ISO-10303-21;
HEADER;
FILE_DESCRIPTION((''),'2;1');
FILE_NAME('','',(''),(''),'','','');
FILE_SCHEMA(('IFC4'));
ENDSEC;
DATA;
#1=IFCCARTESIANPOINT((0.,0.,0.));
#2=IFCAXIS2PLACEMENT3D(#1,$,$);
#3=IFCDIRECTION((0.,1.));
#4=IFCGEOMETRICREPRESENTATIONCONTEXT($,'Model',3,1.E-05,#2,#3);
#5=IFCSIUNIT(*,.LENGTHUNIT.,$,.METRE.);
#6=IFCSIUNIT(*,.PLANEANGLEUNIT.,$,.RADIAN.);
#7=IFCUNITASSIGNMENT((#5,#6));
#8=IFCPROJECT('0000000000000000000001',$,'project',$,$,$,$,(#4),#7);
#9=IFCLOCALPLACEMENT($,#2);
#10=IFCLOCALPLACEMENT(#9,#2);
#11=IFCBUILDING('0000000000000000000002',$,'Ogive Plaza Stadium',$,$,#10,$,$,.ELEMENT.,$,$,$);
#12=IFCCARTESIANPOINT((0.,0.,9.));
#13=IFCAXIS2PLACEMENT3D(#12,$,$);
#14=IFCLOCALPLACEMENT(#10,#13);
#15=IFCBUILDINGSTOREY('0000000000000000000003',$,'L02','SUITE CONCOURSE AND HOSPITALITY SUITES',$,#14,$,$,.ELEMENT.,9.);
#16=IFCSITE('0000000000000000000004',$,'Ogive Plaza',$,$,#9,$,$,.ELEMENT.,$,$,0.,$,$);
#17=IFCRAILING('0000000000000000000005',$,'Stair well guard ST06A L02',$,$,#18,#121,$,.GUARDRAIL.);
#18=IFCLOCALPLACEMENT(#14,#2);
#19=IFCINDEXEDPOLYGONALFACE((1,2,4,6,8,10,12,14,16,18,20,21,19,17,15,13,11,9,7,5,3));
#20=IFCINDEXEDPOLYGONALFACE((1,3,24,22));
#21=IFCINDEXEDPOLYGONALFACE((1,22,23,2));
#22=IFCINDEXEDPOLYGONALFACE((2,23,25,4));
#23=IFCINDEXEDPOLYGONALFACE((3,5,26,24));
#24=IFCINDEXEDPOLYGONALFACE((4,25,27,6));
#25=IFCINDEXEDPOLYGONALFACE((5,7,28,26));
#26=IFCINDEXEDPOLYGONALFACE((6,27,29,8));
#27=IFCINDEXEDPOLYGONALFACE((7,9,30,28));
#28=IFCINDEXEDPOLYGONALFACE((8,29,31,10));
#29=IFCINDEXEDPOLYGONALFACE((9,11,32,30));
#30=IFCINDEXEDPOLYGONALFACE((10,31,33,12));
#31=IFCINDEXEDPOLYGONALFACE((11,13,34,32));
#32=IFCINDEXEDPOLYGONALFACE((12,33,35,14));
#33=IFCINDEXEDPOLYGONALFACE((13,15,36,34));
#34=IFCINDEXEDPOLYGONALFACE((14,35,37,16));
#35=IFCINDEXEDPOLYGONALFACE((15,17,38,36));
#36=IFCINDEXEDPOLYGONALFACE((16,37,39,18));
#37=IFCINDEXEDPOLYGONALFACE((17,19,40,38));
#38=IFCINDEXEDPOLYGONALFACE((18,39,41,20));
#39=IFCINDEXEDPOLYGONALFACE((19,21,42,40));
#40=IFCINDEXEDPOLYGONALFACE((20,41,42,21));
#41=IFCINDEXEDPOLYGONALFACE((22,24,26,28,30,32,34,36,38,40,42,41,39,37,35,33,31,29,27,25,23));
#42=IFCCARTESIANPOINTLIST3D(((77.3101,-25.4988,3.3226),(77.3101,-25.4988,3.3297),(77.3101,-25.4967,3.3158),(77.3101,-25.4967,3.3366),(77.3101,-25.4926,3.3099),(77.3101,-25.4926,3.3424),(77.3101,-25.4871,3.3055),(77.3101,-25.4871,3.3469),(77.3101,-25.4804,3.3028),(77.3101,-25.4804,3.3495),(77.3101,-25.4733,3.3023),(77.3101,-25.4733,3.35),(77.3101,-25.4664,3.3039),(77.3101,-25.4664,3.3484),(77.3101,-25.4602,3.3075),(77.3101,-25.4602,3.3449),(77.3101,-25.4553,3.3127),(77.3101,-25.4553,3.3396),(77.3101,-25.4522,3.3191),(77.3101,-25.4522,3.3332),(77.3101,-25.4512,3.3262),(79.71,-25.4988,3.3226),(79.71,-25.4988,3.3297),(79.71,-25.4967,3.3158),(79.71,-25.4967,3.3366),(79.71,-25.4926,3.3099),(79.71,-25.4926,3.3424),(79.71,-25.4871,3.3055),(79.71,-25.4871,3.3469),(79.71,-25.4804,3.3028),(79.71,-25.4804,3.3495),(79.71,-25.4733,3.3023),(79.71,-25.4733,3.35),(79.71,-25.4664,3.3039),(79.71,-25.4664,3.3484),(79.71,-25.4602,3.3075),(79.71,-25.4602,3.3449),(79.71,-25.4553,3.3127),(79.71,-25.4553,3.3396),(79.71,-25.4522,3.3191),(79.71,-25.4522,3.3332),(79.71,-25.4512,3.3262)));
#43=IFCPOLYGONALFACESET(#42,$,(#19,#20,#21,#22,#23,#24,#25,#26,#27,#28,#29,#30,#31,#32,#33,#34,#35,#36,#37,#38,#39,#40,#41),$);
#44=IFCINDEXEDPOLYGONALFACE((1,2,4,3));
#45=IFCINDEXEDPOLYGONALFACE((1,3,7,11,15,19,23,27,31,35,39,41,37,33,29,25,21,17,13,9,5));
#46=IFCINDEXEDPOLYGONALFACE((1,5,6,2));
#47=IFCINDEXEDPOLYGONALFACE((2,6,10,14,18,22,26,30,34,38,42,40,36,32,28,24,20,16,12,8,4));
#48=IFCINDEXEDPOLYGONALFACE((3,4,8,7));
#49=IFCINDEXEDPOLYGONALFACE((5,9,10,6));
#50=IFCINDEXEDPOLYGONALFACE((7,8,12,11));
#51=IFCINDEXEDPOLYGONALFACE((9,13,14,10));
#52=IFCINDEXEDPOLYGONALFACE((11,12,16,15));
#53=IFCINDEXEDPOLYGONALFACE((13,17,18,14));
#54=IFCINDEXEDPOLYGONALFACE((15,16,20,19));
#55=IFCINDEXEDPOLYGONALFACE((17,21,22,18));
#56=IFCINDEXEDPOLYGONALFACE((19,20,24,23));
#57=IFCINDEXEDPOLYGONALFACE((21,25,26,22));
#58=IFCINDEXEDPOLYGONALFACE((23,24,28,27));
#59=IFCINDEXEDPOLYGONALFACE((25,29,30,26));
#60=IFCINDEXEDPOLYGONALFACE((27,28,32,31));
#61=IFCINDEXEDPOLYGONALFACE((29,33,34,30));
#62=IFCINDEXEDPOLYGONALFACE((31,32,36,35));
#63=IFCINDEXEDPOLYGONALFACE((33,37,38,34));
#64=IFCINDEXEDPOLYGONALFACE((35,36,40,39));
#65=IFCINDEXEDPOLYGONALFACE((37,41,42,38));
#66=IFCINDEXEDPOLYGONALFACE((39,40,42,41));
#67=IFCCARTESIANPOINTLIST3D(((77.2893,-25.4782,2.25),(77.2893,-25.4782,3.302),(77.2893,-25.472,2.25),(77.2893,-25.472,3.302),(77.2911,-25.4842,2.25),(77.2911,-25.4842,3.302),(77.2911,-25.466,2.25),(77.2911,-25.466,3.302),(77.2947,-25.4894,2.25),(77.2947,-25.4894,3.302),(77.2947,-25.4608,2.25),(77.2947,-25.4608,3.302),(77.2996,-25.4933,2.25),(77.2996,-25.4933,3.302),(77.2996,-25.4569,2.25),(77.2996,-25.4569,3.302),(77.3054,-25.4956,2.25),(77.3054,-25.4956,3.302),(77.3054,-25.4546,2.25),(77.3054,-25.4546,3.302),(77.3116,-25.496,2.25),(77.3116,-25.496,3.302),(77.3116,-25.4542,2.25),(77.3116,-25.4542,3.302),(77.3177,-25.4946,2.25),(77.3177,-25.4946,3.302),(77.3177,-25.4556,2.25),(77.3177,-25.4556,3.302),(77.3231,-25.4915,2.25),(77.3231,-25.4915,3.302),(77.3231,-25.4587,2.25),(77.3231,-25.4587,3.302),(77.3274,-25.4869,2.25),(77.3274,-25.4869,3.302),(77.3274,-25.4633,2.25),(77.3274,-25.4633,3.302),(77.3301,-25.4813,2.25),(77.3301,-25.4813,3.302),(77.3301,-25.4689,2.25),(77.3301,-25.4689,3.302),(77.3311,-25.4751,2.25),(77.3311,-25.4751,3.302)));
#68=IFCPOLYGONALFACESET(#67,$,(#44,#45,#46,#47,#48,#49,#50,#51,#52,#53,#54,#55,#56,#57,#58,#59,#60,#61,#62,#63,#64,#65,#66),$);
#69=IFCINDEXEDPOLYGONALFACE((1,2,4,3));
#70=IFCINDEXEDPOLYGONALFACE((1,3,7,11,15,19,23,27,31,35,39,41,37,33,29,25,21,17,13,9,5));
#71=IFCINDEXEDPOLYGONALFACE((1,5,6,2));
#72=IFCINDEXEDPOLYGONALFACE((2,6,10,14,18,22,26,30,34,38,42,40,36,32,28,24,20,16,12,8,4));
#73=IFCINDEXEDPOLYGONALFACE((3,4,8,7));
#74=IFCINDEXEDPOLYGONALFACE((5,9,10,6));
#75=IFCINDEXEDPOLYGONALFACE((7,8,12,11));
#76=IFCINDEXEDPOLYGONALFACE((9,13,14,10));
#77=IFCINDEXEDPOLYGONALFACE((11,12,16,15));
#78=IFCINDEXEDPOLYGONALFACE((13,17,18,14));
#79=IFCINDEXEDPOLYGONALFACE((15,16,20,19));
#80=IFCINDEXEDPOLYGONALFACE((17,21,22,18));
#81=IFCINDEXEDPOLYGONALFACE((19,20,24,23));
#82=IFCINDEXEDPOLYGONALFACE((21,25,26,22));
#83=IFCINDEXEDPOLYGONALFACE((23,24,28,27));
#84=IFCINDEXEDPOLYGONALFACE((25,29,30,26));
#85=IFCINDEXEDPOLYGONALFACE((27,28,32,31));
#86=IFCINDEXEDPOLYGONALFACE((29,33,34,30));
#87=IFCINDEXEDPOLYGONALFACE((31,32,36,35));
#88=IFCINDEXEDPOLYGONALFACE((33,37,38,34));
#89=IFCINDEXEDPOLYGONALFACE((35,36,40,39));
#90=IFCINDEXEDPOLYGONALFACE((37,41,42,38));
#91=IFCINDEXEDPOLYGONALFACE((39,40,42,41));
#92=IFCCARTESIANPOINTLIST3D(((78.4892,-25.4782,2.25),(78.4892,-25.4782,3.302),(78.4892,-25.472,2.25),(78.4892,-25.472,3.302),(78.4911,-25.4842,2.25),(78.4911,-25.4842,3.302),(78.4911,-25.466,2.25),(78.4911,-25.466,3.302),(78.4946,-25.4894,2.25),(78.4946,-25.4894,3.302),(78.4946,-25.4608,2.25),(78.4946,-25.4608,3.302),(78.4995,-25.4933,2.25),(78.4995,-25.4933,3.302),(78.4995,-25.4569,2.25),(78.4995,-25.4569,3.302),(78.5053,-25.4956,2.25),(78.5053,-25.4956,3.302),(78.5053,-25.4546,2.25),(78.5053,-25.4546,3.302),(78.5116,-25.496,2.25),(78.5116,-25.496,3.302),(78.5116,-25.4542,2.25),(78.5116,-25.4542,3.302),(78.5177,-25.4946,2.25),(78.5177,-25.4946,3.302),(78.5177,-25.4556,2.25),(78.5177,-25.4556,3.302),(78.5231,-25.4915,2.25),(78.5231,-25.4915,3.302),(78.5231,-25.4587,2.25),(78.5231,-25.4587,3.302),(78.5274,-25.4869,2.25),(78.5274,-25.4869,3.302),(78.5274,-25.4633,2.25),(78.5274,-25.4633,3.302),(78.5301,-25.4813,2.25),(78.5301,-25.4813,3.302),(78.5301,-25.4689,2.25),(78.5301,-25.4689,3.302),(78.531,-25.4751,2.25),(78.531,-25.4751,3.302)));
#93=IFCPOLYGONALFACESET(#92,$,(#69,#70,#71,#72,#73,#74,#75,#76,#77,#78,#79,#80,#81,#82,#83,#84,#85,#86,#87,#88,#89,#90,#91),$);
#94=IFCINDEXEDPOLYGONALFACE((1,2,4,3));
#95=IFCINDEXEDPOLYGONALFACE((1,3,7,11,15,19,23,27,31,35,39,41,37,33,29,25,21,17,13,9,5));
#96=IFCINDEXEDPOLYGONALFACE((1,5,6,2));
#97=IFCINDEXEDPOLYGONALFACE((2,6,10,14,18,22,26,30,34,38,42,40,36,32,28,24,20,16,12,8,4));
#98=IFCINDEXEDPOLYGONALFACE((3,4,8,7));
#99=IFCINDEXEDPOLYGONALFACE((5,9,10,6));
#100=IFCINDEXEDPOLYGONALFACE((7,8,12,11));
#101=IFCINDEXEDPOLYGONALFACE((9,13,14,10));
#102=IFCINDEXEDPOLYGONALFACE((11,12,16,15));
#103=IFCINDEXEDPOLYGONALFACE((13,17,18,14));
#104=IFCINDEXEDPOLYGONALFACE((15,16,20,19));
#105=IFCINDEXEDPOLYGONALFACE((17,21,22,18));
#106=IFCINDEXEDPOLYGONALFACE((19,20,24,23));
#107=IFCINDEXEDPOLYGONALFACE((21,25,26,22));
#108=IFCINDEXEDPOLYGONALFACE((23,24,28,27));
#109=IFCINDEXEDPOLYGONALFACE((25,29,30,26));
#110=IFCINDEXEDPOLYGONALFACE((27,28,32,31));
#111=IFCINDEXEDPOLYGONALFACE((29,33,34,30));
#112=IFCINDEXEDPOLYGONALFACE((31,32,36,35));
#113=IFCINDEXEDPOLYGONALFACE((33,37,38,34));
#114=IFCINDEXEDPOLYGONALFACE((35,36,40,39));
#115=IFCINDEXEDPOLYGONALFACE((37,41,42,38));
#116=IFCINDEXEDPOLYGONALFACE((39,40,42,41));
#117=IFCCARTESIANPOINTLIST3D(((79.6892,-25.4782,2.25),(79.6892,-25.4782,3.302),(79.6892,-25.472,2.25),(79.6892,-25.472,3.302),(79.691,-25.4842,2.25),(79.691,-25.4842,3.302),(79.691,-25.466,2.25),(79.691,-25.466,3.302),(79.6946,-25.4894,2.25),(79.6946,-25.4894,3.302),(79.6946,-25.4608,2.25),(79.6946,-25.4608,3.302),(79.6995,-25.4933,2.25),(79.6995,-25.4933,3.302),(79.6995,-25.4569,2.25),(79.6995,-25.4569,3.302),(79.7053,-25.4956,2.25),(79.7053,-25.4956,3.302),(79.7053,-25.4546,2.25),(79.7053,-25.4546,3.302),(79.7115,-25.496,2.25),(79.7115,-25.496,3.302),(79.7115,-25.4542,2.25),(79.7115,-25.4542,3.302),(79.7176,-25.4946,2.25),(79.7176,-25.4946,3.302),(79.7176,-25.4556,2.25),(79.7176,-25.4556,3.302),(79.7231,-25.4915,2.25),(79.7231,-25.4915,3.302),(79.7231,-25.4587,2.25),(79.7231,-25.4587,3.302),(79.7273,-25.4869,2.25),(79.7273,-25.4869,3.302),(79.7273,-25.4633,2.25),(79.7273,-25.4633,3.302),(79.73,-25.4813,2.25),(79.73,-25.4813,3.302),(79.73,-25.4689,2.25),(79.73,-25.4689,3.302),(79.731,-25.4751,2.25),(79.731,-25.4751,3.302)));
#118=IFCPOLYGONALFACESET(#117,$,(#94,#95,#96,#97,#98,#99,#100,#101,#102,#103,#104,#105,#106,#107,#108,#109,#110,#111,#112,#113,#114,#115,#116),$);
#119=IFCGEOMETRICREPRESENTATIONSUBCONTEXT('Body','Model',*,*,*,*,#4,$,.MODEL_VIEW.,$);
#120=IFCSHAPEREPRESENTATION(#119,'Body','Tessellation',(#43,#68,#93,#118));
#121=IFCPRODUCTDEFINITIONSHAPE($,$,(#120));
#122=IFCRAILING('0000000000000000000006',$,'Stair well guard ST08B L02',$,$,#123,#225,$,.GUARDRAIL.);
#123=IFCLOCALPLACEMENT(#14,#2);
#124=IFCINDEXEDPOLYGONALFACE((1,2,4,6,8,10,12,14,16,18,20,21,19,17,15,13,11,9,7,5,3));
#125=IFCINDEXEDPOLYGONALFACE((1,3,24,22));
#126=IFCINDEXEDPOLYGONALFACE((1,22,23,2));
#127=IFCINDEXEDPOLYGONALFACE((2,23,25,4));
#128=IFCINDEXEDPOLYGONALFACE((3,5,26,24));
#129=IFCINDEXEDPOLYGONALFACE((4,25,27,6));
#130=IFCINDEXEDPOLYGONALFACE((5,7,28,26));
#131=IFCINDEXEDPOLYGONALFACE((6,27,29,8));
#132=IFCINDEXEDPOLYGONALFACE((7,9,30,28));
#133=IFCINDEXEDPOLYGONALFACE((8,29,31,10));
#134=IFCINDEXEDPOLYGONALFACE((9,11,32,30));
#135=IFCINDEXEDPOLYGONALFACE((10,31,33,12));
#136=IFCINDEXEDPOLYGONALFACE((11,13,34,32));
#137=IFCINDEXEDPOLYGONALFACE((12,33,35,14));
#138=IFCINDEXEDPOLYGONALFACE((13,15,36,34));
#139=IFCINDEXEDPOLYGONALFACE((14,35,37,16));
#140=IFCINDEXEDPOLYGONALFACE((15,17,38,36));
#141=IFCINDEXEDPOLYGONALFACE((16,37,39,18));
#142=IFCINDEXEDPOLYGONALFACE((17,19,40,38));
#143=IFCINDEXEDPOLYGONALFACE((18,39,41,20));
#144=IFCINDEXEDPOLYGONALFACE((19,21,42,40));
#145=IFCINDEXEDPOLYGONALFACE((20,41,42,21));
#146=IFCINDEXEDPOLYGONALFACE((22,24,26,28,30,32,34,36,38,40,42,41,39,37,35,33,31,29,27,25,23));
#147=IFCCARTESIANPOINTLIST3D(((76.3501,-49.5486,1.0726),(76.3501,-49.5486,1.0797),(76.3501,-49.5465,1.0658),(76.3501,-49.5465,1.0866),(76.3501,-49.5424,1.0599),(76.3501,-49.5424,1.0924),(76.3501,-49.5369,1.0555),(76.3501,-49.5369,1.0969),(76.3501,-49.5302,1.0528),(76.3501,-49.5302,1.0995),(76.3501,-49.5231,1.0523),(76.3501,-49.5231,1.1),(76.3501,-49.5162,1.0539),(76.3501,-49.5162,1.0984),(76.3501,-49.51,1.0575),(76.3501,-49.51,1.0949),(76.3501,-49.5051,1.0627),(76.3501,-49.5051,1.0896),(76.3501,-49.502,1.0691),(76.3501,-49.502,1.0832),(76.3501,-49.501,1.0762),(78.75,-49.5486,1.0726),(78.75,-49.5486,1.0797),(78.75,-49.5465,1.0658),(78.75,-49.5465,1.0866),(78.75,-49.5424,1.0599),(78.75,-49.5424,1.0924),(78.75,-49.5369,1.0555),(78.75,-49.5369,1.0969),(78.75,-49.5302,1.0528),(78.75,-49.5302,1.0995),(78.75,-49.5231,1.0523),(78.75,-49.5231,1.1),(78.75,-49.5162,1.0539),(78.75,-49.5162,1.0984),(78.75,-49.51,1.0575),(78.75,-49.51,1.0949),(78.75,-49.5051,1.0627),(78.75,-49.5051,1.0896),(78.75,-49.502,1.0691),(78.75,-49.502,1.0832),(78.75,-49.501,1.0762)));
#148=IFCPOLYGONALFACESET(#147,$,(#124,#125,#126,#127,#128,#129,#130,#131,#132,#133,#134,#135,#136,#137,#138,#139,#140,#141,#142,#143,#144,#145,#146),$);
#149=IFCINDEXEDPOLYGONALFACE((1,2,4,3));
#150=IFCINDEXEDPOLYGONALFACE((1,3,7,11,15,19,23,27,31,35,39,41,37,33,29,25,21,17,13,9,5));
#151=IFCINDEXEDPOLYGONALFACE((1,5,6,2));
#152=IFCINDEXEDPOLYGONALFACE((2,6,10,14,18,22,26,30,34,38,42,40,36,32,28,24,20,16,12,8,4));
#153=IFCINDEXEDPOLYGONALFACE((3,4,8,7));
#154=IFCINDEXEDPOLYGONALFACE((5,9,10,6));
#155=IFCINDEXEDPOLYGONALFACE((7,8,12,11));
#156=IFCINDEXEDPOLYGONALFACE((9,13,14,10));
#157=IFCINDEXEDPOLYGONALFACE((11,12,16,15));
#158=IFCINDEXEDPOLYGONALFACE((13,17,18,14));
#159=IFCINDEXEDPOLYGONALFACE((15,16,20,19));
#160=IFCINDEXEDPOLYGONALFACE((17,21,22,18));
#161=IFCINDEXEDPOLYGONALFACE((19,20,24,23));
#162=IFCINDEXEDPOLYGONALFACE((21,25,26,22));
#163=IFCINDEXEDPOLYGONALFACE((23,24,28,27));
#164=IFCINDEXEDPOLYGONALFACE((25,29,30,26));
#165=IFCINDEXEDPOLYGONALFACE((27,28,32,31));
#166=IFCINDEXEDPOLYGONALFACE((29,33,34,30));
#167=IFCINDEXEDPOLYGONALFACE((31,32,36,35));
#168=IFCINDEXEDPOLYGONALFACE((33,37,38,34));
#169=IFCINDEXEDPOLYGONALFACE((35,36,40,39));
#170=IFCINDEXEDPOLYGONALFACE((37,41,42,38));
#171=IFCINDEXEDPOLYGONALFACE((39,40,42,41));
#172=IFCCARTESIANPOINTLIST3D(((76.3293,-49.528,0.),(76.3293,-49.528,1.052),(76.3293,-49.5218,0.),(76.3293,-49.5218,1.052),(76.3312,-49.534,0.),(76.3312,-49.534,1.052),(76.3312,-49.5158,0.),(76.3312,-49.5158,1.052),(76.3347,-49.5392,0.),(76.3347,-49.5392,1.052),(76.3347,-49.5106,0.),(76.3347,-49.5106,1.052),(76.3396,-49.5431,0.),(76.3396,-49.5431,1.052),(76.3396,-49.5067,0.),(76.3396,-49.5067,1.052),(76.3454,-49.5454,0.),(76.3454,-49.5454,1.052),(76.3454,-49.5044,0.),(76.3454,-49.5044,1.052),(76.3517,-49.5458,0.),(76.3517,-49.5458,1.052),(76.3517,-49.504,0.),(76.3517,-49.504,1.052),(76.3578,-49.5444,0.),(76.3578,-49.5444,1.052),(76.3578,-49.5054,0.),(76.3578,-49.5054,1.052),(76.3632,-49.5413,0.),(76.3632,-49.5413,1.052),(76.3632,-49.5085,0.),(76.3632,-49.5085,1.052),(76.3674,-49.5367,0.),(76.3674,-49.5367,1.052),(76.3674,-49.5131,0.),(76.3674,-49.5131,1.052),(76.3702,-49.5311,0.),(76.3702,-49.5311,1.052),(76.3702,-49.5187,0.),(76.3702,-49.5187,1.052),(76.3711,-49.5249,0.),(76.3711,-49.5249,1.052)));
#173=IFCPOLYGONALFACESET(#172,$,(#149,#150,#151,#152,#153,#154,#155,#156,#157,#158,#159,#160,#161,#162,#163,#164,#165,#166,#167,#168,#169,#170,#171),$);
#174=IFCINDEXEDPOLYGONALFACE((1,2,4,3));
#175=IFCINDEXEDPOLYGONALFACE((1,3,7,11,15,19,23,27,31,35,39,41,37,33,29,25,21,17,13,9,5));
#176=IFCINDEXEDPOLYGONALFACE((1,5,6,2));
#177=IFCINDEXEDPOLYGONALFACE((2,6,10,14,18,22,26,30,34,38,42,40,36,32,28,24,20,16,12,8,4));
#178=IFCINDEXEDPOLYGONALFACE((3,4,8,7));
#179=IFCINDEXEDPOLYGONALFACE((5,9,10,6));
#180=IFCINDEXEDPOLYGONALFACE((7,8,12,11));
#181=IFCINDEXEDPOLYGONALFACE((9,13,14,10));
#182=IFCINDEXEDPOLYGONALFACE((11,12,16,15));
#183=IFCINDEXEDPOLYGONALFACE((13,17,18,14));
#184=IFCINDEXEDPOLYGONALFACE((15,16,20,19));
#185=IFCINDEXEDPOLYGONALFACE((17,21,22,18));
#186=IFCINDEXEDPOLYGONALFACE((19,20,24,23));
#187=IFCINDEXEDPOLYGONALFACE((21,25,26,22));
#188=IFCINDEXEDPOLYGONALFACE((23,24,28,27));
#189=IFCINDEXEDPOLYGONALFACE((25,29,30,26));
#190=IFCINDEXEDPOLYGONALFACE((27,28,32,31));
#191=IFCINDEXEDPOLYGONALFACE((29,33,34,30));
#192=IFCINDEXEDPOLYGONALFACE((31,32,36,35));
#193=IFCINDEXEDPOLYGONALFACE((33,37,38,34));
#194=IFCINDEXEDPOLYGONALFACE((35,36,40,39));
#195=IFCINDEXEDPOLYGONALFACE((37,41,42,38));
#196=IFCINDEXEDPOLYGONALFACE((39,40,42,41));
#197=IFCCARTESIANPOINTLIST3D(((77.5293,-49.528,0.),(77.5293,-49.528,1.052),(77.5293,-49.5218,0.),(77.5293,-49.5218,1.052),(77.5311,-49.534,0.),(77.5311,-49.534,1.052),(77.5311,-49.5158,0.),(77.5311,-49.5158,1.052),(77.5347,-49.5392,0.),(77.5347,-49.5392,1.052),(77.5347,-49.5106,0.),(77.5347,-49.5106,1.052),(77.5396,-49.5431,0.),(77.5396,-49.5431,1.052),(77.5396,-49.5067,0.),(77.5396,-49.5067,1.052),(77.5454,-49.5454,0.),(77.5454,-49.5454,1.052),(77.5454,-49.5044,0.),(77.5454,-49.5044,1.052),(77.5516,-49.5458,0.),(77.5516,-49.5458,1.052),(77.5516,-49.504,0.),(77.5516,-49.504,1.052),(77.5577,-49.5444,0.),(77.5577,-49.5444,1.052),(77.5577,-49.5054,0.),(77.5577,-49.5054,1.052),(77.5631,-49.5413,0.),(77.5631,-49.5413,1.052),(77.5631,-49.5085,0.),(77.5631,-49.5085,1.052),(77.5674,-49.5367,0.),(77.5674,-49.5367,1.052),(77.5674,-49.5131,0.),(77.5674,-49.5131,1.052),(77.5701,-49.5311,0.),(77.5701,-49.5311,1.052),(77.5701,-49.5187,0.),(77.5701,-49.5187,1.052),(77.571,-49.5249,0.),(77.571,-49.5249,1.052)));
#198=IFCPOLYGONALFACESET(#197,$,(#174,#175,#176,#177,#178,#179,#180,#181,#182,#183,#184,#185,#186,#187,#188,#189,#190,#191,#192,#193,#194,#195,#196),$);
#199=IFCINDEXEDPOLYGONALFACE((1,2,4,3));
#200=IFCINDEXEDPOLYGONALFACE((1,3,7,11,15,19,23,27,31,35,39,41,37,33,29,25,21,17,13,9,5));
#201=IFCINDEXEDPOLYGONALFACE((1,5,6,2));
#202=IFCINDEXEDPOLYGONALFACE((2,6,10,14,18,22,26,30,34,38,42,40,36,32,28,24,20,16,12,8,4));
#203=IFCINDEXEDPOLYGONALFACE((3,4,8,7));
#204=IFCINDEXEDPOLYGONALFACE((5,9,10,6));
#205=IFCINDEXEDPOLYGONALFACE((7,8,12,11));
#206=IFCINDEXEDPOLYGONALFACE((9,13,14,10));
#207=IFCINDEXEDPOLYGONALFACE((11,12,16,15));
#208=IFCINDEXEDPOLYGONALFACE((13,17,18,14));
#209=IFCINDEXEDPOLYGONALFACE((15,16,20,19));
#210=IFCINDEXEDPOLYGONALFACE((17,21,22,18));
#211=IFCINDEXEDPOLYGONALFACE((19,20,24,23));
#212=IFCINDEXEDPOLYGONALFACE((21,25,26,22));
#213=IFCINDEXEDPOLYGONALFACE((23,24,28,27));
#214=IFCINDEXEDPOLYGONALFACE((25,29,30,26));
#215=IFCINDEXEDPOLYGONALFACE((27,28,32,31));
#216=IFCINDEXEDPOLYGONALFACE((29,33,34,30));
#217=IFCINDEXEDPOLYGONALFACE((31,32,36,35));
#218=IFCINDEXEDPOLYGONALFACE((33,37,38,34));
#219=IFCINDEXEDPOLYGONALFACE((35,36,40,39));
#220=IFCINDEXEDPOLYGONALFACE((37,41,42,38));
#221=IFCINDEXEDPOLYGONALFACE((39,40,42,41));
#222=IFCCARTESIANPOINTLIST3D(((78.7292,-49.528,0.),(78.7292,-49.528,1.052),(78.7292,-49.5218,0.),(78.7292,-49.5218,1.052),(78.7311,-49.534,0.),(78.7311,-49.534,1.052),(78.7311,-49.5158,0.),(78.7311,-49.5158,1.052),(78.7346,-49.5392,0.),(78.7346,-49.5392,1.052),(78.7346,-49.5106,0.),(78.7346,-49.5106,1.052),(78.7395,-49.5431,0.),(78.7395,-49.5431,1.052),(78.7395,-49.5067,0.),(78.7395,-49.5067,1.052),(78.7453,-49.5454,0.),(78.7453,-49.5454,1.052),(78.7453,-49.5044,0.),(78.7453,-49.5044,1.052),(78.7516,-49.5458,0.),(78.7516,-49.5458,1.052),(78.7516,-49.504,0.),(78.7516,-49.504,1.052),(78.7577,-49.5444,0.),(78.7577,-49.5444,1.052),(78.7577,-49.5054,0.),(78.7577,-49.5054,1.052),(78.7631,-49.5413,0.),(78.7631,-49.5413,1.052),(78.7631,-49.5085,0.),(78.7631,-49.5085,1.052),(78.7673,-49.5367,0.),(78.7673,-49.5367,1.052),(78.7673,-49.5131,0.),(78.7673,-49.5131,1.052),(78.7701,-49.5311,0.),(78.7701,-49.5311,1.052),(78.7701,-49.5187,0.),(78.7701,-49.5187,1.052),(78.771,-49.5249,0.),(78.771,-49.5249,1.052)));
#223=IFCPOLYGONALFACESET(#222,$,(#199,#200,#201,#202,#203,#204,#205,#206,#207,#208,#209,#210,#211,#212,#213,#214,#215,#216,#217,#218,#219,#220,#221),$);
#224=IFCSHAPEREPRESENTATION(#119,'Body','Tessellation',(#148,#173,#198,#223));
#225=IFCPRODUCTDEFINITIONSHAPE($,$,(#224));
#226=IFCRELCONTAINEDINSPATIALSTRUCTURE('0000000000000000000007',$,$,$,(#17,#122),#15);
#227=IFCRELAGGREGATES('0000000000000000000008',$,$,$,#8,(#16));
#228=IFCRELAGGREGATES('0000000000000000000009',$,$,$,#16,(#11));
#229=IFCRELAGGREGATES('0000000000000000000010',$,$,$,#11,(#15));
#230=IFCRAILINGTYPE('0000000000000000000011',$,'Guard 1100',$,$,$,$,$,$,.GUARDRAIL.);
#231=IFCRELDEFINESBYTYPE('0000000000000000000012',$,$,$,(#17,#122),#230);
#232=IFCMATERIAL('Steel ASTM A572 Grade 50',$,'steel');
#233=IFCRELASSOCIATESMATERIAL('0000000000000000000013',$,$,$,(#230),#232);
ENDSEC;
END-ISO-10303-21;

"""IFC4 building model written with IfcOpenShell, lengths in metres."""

from ifc_helpers import new_model, si_unit, direction, frame, origin, origin_2d, place, context, subcontext, project, spatial, circle, extrude, material, type_object, element, save


model = new_model("IFC4")

# Units and contexts
model_context = context("Model", 3, precision=1e-05, world=origin(), true_north=direction((0.0, 1.0)))
body_context = subcontext(model_context, "Body", "Model", "MODEL_VIEW")
ifc_project = project(units=[si_unit("LENGTHUNIT", "METRE"), si_unit("PLANEANGLEUNIT", "RADIAN")], contexts=[model_context])

# Site, building, storey
site_placement = place(None, origin())
site = spatial("IfcSite", under=ifc_project, at=site_placement, Name="Ogive Plaza", CompositionType="ELEMENT", RefElevation=0.0)
building_placement = place(site_placement, origin())
building = spatial("IfcBuilding", under=site, at=building_placement, Name="Ogive Plaza Stadium", CompositionType="ELEMENT")
storey_placement = place(building_placement, frame((0.0, 0.0, 9.0)))
storey = spatial("IfcBuildingStorey", under=building, at=storey_placement, Name="L02", Description="SUITE CONCOURSE AND HOSPITALITY SUITES", CompositionType="ELEMENT", Elevation=9.0)

# Railings
ifc_material_1 = material(Name="Steel ASTM A572 Grade 50", Category="steel")
railing_type_1 = type_object("IfcRailingType", Name="Guard 1100", PredefinedType="GUARDRAIL", material=ifc_material_1)
for number, where, name in (
    (1, (77.3101, -25.4751, 2.25), "Stair well guard ST06A L02"),
    (2, (76.3501, -49.5249, 0.0), "Stair well guard ST08B L02"),
):
    element("IfcRailing", number, at=place(storey_placement, frame(where)), inside=storey, type_object=railing_type_1, Name=name, PredefinedType="GUARDRAIL", context=body_context, shape_type="SweptSolid", body=[
        extrude(circle(Radius=0.0239, at=origin_2d()), frame((0.0, 0.0, 1.0762), z_axis=(1.0, 0.0, 0.0), x_axis=(0.0, 1.0, 0.0)), (0.0, 0.0, 1.0), 2.3999),
        extrude(circle(Radius=0.021, at=origin_2d()), origin(), (0.0, 0.0, 1.0), 1.052),
        extrude(circle(Radius=0.021, at=origin_2d()), frame((1.2, 0.0, 0.0)), (0.0, 0.0, 1.0), 1.052),
        extrude(circle(Radius=0.021, at=origin_2d()), frame((2.3999, 0.0, 0.0)), (0.0, 0.0, 1.0), 1.052),
    ])

save(model, "model.ifc")
